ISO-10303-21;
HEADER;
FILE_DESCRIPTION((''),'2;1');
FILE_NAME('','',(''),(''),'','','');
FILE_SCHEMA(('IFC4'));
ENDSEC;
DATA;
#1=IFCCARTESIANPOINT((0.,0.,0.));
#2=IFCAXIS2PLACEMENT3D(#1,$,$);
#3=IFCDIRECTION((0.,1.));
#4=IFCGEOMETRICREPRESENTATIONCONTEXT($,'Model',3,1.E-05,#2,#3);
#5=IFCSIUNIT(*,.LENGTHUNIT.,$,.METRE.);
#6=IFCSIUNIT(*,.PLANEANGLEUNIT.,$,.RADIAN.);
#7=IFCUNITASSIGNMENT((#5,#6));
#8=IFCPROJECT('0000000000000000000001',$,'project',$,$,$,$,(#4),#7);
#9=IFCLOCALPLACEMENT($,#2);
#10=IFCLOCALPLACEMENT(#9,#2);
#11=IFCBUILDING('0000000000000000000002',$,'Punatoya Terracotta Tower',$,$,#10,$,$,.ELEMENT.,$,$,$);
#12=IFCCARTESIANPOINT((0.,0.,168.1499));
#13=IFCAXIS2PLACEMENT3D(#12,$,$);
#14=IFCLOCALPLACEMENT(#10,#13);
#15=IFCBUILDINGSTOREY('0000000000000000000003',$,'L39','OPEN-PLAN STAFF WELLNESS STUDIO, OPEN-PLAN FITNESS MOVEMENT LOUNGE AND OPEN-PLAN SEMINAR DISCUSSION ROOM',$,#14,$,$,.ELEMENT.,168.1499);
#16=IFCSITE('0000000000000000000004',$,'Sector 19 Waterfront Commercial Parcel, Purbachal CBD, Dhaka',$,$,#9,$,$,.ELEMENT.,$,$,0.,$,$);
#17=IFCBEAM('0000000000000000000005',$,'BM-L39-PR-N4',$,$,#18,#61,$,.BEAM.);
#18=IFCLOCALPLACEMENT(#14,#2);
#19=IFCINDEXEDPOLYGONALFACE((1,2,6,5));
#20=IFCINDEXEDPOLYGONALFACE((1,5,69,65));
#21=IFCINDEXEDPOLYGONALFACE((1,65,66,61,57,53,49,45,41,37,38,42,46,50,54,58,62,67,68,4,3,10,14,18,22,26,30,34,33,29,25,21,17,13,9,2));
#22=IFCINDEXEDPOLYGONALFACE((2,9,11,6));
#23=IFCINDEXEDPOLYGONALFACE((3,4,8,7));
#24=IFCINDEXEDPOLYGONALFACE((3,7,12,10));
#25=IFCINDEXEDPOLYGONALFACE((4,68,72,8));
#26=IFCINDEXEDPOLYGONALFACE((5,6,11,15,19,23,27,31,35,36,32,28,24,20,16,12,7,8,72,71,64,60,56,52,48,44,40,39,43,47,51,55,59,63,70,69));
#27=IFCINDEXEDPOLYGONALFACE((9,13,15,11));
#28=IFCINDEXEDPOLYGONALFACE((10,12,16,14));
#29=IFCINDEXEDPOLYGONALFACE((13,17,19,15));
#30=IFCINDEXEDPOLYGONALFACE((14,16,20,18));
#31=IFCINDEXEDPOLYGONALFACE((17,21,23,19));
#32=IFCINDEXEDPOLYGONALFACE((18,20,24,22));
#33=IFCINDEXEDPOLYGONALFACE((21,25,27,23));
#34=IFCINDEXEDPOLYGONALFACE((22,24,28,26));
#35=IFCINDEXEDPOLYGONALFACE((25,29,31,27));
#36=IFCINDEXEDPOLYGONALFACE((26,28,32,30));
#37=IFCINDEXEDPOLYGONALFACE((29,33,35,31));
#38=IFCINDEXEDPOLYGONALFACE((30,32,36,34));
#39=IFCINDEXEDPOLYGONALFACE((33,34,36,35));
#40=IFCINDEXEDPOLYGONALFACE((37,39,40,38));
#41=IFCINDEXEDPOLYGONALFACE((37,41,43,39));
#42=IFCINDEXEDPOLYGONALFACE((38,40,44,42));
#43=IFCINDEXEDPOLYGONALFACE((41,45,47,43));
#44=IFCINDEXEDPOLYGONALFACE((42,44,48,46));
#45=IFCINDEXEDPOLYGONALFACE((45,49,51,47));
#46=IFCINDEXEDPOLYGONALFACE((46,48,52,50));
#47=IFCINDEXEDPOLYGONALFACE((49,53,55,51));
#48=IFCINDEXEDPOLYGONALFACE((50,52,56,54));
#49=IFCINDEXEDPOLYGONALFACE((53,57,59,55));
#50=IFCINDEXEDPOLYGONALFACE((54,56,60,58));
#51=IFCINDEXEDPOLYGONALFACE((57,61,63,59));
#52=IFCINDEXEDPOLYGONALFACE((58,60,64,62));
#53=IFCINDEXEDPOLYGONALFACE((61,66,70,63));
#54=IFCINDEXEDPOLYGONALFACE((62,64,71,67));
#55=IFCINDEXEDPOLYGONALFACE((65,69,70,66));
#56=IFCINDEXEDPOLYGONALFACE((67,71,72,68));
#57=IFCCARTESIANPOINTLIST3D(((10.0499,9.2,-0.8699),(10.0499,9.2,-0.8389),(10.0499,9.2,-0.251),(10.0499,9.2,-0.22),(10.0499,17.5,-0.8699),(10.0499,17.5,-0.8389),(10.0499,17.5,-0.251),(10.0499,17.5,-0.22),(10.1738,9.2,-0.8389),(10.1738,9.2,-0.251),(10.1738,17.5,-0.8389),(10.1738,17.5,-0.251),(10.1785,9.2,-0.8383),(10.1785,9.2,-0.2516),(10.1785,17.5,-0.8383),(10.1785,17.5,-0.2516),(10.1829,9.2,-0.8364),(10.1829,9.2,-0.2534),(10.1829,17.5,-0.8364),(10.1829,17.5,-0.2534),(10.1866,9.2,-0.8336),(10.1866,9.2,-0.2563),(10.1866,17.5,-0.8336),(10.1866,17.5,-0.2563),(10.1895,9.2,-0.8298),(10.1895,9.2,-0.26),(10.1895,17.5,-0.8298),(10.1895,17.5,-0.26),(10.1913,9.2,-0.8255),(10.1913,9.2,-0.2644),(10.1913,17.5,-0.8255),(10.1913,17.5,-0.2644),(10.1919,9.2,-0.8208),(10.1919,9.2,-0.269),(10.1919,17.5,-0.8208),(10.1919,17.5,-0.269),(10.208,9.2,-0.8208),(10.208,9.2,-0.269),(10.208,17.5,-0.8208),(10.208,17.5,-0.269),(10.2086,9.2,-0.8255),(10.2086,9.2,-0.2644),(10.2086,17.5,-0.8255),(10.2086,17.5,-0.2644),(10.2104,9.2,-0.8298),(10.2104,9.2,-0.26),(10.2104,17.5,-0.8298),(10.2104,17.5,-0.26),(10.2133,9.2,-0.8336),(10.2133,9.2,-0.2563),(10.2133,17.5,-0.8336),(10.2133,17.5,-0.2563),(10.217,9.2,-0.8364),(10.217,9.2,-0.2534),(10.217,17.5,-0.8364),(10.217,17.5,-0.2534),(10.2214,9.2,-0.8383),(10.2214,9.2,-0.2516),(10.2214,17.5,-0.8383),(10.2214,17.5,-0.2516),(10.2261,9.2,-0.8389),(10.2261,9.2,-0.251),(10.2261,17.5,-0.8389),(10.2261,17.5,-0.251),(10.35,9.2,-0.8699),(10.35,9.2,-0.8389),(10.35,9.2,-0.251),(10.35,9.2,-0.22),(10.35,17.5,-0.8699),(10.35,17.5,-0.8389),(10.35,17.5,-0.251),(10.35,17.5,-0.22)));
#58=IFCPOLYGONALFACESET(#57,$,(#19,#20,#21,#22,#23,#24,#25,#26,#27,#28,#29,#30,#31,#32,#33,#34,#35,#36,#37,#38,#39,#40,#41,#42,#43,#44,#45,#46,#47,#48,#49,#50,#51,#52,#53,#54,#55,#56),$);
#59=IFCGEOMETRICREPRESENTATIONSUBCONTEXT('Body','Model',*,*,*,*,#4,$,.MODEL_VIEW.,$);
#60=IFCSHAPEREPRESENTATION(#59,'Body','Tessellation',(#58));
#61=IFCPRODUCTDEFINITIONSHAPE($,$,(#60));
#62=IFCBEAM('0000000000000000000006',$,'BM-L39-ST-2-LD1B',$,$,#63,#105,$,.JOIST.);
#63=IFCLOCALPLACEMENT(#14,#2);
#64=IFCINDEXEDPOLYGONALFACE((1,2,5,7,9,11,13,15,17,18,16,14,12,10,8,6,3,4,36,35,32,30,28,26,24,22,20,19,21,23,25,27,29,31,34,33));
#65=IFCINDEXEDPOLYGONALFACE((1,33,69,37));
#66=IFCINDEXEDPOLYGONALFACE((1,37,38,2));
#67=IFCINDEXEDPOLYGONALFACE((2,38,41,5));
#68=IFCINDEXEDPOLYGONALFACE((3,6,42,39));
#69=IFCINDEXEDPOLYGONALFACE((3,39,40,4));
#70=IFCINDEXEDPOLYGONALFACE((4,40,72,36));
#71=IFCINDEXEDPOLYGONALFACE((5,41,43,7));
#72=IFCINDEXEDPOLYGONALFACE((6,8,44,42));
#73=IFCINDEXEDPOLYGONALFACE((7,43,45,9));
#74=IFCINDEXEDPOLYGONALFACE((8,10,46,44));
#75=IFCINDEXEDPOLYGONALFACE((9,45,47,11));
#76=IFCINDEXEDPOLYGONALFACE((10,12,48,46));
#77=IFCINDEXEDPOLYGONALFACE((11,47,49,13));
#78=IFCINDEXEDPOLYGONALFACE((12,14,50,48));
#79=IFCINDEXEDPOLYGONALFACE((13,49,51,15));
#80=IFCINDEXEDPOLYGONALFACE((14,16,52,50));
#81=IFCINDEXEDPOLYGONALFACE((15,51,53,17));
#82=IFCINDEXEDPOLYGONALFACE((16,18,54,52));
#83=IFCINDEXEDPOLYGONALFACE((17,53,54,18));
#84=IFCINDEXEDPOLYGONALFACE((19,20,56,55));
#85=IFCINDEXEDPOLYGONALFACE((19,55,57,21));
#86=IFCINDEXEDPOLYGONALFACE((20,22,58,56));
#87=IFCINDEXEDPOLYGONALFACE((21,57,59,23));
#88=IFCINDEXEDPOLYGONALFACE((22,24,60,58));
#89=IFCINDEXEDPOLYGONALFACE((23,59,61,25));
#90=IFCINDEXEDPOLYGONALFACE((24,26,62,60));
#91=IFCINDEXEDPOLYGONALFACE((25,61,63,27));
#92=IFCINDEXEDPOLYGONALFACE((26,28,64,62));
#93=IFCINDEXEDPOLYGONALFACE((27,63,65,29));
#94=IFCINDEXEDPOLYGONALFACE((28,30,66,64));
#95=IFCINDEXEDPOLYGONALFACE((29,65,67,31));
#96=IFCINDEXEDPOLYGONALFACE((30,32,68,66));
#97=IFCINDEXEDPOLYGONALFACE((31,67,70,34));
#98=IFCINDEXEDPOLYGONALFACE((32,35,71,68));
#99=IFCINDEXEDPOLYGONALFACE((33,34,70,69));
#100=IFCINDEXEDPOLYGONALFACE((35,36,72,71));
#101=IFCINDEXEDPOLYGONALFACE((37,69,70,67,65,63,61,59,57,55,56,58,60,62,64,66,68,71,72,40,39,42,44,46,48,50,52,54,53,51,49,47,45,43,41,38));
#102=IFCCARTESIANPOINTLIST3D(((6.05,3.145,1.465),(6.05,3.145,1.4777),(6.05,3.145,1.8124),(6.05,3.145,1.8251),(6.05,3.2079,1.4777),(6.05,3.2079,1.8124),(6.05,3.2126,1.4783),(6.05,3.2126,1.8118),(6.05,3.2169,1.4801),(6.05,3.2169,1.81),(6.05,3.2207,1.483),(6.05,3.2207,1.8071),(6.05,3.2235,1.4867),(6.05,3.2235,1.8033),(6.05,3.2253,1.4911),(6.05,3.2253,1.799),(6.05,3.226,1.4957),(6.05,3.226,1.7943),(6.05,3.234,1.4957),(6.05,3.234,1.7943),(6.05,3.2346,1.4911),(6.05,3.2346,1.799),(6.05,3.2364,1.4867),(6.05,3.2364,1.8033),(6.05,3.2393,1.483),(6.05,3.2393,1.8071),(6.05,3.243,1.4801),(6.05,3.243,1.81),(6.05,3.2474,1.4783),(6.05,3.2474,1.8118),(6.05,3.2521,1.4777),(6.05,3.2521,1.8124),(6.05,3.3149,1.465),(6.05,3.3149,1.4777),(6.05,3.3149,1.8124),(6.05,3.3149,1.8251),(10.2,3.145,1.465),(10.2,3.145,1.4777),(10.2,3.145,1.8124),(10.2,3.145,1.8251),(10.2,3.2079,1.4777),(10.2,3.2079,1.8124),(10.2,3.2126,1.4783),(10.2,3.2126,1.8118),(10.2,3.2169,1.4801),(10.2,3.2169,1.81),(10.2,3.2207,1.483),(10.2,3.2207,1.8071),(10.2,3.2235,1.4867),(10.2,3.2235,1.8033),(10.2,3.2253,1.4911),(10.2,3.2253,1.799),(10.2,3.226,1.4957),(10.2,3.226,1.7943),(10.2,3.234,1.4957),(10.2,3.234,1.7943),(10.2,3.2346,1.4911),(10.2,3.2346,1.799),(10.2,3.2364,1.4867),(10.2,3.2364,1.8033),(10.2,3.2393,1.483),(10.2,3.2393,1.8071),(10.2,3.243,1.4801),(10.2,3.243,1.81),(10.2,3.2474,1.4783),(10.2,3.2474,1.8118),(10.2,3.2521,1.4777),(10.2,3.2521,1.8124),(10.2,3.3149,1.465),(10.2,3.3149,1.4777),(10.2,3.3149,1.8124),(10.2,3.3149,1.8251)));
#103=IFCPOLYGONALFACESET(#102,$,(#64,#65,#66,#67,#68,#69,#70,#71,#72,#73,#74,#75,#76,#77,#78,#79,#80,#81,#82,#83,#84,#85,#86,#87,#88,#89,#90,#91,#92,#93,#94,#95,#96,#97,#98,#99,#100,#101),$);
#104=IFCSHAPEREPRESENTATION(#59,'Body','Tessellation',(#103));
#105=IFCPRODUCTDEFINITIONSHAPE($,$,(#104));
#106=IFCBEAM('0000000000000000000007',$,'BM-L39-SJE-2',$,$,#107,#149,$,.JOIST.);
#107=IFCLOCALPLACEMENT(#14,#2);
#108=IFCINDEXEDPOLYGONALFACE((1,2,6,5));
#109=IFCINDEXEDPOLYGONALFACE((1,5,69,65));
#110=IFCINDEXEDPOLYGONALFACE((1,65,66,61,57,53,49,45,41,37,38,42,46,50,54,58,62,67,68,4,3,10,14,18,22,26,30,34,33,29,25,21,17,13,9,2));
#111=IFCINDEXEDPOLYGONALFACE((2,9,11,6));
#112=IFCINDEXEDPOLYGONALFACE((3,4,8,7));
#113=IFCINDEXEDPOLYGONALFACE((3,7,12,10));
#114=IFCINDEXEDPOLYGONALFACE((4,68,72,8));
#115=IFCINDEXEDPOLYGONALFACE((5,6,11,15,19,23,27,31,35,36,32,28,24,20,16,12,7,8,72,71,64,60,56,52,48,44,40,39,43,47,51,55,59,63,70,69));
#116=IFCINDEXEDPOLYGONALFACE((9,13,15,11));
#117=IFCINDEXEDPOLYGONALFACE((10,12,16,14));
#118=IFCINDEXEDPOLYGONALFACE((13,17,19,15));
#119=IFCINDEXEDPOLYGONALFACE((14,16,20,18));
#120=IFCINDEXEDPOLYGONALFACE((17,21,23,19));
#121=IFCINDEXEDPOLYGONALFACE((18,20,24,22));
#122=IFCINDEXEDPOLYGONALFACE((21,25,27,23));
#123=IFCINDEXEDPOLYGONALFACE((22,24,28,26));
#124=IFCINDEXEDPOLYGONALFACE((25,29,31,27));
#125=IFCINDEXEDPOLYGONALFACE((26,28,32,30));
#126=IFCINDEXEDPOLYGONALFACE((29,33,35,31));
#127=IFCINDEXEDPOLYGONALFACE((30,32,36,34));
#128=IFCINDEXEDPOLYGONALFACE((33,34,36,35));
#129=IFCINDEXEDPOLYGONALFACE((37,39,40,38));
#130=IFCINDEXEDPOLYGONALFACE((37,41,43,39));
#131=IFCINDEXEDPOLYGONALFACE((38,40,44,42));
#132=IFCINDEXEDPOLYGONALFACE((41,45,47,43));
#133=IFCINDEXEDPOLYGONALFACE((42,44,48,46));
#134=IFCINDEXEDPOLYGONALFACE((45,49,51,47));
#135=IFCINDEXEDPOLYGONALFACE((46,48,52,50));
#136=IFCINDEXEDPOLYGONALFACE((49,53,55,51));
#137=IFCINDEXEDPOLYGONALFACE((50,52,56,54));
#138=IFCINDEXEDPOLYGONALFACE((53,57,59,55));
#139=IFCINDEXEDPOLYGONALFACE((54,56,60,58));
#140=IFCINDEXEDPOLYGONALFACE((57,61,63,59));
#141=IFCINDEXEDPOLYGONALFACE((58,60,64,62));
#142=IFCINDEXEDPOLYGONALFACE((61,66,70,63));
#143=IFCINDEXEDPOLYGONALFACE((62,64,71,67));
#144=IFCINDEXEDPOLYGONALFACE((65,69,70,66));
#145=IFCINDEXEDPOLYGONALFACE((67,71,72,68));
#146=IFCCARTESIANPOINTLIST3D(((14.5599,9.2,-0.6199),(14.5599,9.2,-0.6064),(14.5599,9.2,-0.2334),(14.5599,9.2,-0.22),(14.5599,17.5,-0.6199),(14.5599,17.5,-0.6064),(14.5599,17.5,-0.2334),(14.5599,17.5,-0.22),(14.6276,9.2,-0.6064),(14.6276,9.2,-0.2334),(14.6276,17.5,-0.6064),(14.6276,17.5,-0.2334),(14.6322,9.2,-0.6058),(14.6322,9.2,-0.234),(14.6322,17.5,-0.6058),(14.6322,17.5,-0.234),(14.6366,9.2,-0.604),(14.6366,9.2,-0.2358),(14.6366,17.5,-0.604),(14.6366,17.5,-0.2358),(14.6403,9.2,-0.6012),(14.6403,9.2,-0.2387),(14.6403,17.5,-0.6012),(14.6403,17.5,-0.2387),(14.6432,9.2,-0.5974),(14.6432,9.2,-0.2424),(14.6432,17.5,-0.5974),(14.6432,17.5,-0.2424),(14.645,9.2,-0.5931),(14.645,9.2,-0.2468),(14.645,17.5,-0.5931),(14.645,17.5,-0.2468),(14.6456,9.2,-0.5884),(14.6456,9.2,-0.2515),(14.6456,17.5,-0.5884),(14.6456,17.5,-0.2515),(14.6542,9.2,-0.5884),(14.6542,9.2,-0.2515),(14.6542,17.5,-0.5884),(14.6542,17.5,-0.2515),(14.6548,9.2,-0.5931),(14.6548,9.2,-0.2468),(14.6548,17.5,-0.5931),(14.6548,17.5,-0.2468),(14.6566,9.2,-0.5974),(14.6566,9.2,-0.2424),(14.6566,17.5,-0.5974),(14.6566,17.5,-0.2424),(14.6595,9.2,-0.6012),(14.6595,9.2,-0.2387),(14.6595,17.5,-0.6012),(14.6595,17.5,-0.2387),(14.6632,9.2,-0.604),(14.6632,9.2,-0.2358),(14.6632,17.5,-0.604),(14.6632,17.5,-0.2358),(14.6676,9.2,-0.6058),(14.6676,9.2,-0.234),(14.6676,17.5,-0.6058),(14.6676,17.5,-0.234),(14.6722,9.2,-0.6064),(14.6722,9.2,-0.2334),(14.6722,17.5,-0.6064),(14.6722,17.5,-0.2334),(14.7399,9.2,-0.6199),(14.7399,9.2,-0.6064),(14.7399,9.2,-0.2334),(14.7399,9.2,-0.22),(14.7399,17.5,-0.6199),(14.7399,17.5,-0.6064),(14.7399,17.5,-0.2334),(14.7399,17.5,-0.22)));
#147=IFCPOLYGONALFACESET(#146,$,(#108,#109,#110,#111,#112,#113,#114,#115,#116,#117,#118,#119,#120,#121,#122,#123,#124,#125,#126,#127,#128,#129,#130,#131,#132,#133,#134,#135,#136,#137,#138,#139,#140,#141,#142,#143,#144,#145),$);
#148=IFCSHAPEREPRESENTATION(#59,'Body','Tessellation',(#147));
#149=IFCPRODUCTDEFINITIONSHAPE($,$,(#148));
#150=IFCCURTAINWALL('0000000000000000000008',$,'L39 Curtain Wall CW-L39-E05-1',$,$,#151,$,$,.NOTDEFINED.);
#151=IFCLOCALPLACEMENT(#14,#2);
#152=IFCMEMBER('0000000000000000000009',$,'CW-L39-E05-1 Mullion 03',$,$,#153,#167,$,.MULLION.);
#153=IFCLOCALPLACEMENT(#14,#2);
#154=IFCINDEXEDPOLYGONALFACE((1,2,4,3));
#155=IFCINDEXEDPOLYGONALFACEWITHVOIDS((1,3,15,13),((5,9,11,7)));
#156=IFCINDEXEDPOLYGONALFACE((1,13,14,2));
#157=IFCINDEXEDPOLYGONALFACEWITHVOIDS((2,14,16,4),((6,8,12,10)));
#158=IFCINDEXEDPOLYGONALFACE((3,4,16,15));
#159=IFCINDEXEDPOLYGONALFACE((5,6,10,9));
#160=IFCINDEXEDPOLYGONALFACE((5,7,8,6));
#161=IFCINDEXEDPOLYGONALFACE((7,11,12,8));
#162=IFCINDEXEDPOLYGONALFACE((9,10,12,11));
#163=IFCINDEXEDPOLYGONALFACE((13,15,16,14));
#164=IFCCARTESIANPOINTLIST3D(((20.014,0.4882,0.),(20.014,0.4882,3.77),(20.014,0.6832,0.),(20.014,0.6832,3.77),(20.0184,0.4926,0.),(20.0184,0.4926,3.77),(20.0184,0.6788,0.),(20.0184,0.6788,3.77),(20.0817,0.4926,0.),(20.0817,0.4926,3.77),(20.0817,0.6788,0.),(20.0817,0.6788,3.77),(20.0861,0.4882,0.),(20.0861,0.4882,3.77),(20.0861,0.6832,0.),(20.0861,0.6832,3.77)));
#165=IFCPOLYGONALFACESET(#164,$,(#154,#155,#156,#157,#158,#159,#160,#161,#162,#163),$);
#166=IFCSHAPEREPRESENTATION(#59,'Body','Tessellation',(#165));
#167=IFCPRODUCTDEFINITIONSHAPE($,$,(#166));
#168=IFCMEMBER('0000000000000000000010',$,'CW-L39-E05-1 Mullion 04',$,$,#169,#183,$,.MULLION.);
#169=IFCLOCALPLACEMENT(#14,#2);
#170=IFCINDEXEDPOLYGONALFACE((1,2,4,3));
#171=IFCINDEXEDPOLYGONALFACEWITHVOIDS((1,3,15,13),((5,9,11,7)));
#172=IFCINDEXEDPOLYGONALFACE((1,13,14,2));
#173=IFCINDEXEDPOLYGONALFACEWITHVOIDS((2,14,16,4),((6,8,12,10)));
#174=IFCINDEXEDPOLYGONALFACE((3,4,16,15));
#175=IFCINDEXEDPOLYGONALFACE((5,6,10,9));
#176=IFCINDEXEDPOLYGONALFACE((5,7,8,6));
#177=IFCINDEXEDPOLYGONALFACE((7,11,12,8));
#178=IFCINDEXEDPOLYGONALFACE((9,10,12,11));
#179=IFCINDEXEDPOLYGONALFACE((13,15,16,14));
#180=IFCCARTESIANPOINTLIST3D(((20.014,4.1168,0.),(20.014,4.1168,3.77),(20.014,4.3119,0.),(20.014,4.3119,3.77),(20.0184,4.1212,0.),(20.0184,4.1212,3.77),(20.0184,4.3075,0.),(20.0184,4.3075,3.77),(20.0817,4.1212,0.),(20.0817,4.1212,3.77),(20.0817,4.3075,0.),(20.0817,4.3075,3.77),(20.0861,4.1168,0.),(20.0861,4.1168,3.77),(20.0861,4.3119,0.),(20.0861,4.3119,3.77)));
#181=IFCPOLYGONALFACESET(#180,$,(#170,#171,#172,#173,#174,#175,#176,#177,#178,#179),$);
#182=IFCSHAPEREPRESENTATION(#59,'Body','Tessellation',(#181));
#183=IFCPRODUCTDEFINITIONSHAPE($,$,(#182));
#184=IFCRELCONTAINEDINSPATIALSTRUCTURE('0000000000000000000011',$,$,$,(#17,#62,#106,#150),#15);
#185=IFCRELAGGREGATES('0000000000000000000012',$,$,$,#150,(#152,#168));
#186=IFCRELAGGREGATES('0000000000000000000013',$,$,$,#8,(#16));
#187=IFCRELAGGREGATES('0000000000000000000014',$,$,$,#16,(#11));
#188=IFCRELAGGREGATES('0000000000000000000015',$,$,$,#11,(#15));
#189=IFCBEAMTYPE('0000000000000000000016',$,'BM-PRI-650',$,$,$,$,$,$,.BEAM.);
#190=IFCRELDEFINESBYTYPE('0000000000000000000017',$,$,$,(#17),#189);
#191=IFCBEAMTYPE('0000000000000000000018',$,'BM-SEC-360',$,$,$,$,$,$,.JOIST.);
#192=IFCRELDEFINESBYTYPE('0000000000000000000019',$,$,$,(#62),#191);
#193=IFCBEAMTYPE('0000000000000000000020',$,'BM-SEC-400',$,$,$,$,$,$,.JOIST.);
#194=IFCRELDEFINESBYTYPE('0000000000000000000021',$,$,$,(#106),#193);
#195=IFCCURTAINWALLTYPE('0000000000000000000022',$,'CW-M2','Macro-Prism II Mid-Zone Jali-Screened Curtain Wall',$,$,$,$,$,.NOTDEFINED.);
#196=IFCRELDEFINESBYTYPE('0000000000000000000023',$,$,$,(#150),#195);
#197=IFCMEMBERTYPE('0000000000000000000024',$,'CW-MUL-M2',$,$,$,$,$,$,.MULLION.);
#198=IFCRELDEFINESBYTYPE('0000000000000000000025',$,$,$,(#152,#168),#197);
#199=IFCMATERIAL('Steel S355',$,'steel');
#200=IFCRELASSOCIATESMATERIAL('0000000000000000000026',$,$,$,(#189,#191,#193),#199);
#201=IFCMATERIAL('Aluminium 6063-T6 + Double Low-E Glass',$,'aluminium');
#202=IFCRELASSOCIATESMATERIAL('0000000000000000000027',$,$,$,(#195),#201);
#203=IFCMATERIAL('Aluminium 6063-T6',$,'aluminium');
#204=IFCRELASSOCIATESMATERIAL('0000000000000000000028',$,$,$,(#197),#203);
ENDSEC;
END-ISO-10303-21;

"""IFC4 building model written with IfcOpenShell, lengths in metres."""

from ifc_helpers import new_model, si_unit, direction, frame, origin, origin_2d, place, context, subcontext, project, spatial, hollow_rectangle, i_section, extrude, material, material_profile, profile_set, type_object, element, aggregate, save


model = new_model("IFC4")

# Units and contexts
model_context = context("Model", 3, precision=1e-05, world=origin(), true_north=direction((0.0, 1.0)))
body_context = subcontext(model_context, "Body", "Model", "MODEL_VIEW")
ifc_project = project(units=[si_unit("LENGTHUNIT", "METRE"), si_unit("PLANEANGLEUNIT", "RADIAN")], contexts=[model_context])

# Site, building, storey
site_placement = place(None, origin())
site = spatial("IfcSite", under=ifc_project, at=site_placement, Name="Sector 19 Waterfront Commercial Parcel, Purbachal CBD, Dhaka", CompositionType="ELEMENT", RefElevation=0.0)
building_placement = place(site_placement, origin())
building = spatial("IfcBuilding", under=site, at=building_placement, Name="Punatoya Terracotta Tower", CompositionType="ELEMENT")
storey_placement = place(building_placement, frame((0.0, 0.0, 168.1499)))
storey = spatial("IfcBuildingStorey", under=building, at=storey_placement, Name="L39", Description="OPEN-PLAN STAFF WELLNESS STUDIO, OPEN-PLAN FITNESS MOVEMENT LOUNGE AND OPEN-PLAN SEMINAR DISCUSSION ROOM", CompositionType="ELEMENT", Elevation=168.1499)

# Beams
ifc_material_1 = material(Name="Steel S355", Category="steel")
ifc_material_profile_1 = material_profile(ifc_material_1, i_section(OverallWidth=0.3, OverallDepth=0.6499, WebThickness=0.0161, FlangeThickness=0.031, FilletRadius=0.0181, at=origin_2d()))
ifc_profile_set_1 = profile_set([ifc_material_profile_1], Name="Steel S355")
beam_type_1 = type_object("IfcBeamType", Name="BM-PRI-650", PredefinedType="BEAM", material=ifc_profile_set_1)
beam_1_placement = place(storey_placement, frame((10.2, 9.2, -0.5449), z_axis=(0.0, 1.0, 0.0), x_axis=(-1.0, 0.0, 0.0)))
element("IfcBeam", 1, at=beam_1_placement, inside=storey, type_object=beam_type_1, Name="BM-L39-PR-N4", PredefinedType="BEAM", context=body_context, shape_type="SweptSolid", body=[
    extrude(i_section(OverallWidth=0.3, OverallDepth=0.6499, WebThickness=0.0161, FlangeThickness=0.031, FilletRadius=0.0181, at=origin_2d()), origin(), (0.0, 0.0, 1.0), 8.3),
])
ifc_material_profile_2 = material_profile(ifc_material_1, i_section(OverallWidth=0.1699, OverallDepth=0.3601, WebThickness=0.0081, FlangeThickness=0.0127, FilletRadius=0.0181, at=origin_2d()))
ifc_profile_set_2 = profile_set([ifc_material_profile_2], Name="Steel S355")
beam_type_2 = type_object("IfcBeamType", Name="BM-SEC-360", PredefinedType="JOIST", material=ifc_profile_set_2)
beam_2_placement = place(storey_placement, frame((6.05, 3.23, 1.645), z_axis=(1.0, 0.0, 0.0), x_axis=(0.0, 1.0, 0.0)))
element("IfcBeam", 2, at=beam_2_placement, inside=storey, type_object=beam_type_2, Name="BM-L39-ST-2-LD1B", PredefinedType="JOIST", context=body_context, shape_type="SweptSolid", body=[
    extrude(i_section(OverallWidth=0.1699, OverallDepth=0.3601, WebThickness=0.0081, FlangeThickness=0.0127, FilletRadius=0.0181, at=origin_2d()), origin(), (0.0, 0.0, 1.0), 4.1499),
])
ifc_material_profile_3 = material_profile(ifc_material_1, i_section(OverallWidth=0.1799, OverallDepth=0.3999, WebThickness=0.0085, FlangeThickness=0.0134, FilletRadius=0.0181, at=origin_2d()))
ifc_profile_set_3 = profile_set([ifc_material_profile_3], Name="Steel S355")
beam_type_3 = type_object("IfcBeamType", Name="BM-SEC-400", PredefinedType="JOIST", material=ifc_profile_set_3)
beam_3_placement = place(storey_placement, frame((14.6499, 9.2, -0.4199), z_axis=(0.0, 1.0, 0.0), x_axis=(-1.0, 0.0, 0.0)))
element("IfcBeam", 3, at=beam_3_placement, inside=storey, type_object=beam_type_3, Name="BM-L39-SJE-2", PredefinedType="JOIST", context=body_context, shape_type="SweptSolid", body=[
    extrude(i_section(OverallWidth=0.1799, OverallDepth=0.3999, WebThickness=0.0085, FlangeThickness=0.0134, FilletRadius=0.0181, at=origin_2d()), origin(), (0.0, 0.0, 1.0), 8.3),
])

# Curtain wall, members
ifc_material_2 = material(Name="Aluminium 6063-T6 + Double Low-E Glass", Category="aluminium")
curtain_wall_type = type_object("IfcCurtainWallType", Name="CW-M2", Description="Macro-Prism II Mid-Zone Jali-Screened Curtain Wall", PredefinedType="NOTDEFINED", material=ifc_material_2)
curtain_wall_placement = place(storey_placement, origin())
curtain_wall = element("IfcCurtainWall", 4, at=curtain_wall_placement, inside=storey, type_object=curtain_wall_type, Name="L39 Curtain Wall CW-L39-E05-1", PredefinedType="NOTDEFINED")
ifc_material_3 = material(Name="Aluminium 6063-T6", Category="aluminium")
ifc_material_profile_4 = material_profile(ifc_material_3, hollow_rectangle(XDim=0.072, YDim=0.1951, WallThickness=0.0044, at=origin_2d()))
ifc_profile_set_4 = profile_set([ifc_material_profile_4], Name="Aluminium 6063-T6")
member_type = type_object("IfcMemberType", Name="CW-MUL-M2", PredefinedType="MULLION", material=ifc_profile_set_4)
member_1_placement = place(storey_placement, frame((20.05, 0.5857, 0.0), z_axis=(0.0, 0.0, 1.0), x_axis=(1.0, 0.0, 0.0)))
member_1 = element("IfcMember", 5, at=member_1_placement, type_object=member_type, Name="CW-L39-E05-1 Mullion 03", PredefinedType="MULLION", context=body_context, shape_type="SweptSolid", body=[
    extrude(hollow_rectangle(XDim=0.072, YDim=0.1951, WallThickness=0.0044, at=origin_2d()), origin(), (0.0, 0.0, 1.0), 3.77),
])
member_2_placement = place(storey_placement, frame((20.05, 4.2144, 0.0), z_axis=(0.0, 0.0, 1.0), x_axis=(1.0, 0.0, 0.0)))
member_2 = element("IfcMember", 6, at=member_2_placement, type_object=member_type, Name="CW-L39-E05-1 Mullion 04", PredefinedType="MULLION", context=body_context, shape_type="SweptSolid", body=[
    extrude(hollow_rectangle(XDim=0.072, YDim=0.1951, WallThickness=0.0044, at=origin_2d()), origin(), (0.0, 0.0, 1.0), 3.77),
])
aggregate(curtain_wall, [member_1, member_2])

save(model, "model.ifc")
